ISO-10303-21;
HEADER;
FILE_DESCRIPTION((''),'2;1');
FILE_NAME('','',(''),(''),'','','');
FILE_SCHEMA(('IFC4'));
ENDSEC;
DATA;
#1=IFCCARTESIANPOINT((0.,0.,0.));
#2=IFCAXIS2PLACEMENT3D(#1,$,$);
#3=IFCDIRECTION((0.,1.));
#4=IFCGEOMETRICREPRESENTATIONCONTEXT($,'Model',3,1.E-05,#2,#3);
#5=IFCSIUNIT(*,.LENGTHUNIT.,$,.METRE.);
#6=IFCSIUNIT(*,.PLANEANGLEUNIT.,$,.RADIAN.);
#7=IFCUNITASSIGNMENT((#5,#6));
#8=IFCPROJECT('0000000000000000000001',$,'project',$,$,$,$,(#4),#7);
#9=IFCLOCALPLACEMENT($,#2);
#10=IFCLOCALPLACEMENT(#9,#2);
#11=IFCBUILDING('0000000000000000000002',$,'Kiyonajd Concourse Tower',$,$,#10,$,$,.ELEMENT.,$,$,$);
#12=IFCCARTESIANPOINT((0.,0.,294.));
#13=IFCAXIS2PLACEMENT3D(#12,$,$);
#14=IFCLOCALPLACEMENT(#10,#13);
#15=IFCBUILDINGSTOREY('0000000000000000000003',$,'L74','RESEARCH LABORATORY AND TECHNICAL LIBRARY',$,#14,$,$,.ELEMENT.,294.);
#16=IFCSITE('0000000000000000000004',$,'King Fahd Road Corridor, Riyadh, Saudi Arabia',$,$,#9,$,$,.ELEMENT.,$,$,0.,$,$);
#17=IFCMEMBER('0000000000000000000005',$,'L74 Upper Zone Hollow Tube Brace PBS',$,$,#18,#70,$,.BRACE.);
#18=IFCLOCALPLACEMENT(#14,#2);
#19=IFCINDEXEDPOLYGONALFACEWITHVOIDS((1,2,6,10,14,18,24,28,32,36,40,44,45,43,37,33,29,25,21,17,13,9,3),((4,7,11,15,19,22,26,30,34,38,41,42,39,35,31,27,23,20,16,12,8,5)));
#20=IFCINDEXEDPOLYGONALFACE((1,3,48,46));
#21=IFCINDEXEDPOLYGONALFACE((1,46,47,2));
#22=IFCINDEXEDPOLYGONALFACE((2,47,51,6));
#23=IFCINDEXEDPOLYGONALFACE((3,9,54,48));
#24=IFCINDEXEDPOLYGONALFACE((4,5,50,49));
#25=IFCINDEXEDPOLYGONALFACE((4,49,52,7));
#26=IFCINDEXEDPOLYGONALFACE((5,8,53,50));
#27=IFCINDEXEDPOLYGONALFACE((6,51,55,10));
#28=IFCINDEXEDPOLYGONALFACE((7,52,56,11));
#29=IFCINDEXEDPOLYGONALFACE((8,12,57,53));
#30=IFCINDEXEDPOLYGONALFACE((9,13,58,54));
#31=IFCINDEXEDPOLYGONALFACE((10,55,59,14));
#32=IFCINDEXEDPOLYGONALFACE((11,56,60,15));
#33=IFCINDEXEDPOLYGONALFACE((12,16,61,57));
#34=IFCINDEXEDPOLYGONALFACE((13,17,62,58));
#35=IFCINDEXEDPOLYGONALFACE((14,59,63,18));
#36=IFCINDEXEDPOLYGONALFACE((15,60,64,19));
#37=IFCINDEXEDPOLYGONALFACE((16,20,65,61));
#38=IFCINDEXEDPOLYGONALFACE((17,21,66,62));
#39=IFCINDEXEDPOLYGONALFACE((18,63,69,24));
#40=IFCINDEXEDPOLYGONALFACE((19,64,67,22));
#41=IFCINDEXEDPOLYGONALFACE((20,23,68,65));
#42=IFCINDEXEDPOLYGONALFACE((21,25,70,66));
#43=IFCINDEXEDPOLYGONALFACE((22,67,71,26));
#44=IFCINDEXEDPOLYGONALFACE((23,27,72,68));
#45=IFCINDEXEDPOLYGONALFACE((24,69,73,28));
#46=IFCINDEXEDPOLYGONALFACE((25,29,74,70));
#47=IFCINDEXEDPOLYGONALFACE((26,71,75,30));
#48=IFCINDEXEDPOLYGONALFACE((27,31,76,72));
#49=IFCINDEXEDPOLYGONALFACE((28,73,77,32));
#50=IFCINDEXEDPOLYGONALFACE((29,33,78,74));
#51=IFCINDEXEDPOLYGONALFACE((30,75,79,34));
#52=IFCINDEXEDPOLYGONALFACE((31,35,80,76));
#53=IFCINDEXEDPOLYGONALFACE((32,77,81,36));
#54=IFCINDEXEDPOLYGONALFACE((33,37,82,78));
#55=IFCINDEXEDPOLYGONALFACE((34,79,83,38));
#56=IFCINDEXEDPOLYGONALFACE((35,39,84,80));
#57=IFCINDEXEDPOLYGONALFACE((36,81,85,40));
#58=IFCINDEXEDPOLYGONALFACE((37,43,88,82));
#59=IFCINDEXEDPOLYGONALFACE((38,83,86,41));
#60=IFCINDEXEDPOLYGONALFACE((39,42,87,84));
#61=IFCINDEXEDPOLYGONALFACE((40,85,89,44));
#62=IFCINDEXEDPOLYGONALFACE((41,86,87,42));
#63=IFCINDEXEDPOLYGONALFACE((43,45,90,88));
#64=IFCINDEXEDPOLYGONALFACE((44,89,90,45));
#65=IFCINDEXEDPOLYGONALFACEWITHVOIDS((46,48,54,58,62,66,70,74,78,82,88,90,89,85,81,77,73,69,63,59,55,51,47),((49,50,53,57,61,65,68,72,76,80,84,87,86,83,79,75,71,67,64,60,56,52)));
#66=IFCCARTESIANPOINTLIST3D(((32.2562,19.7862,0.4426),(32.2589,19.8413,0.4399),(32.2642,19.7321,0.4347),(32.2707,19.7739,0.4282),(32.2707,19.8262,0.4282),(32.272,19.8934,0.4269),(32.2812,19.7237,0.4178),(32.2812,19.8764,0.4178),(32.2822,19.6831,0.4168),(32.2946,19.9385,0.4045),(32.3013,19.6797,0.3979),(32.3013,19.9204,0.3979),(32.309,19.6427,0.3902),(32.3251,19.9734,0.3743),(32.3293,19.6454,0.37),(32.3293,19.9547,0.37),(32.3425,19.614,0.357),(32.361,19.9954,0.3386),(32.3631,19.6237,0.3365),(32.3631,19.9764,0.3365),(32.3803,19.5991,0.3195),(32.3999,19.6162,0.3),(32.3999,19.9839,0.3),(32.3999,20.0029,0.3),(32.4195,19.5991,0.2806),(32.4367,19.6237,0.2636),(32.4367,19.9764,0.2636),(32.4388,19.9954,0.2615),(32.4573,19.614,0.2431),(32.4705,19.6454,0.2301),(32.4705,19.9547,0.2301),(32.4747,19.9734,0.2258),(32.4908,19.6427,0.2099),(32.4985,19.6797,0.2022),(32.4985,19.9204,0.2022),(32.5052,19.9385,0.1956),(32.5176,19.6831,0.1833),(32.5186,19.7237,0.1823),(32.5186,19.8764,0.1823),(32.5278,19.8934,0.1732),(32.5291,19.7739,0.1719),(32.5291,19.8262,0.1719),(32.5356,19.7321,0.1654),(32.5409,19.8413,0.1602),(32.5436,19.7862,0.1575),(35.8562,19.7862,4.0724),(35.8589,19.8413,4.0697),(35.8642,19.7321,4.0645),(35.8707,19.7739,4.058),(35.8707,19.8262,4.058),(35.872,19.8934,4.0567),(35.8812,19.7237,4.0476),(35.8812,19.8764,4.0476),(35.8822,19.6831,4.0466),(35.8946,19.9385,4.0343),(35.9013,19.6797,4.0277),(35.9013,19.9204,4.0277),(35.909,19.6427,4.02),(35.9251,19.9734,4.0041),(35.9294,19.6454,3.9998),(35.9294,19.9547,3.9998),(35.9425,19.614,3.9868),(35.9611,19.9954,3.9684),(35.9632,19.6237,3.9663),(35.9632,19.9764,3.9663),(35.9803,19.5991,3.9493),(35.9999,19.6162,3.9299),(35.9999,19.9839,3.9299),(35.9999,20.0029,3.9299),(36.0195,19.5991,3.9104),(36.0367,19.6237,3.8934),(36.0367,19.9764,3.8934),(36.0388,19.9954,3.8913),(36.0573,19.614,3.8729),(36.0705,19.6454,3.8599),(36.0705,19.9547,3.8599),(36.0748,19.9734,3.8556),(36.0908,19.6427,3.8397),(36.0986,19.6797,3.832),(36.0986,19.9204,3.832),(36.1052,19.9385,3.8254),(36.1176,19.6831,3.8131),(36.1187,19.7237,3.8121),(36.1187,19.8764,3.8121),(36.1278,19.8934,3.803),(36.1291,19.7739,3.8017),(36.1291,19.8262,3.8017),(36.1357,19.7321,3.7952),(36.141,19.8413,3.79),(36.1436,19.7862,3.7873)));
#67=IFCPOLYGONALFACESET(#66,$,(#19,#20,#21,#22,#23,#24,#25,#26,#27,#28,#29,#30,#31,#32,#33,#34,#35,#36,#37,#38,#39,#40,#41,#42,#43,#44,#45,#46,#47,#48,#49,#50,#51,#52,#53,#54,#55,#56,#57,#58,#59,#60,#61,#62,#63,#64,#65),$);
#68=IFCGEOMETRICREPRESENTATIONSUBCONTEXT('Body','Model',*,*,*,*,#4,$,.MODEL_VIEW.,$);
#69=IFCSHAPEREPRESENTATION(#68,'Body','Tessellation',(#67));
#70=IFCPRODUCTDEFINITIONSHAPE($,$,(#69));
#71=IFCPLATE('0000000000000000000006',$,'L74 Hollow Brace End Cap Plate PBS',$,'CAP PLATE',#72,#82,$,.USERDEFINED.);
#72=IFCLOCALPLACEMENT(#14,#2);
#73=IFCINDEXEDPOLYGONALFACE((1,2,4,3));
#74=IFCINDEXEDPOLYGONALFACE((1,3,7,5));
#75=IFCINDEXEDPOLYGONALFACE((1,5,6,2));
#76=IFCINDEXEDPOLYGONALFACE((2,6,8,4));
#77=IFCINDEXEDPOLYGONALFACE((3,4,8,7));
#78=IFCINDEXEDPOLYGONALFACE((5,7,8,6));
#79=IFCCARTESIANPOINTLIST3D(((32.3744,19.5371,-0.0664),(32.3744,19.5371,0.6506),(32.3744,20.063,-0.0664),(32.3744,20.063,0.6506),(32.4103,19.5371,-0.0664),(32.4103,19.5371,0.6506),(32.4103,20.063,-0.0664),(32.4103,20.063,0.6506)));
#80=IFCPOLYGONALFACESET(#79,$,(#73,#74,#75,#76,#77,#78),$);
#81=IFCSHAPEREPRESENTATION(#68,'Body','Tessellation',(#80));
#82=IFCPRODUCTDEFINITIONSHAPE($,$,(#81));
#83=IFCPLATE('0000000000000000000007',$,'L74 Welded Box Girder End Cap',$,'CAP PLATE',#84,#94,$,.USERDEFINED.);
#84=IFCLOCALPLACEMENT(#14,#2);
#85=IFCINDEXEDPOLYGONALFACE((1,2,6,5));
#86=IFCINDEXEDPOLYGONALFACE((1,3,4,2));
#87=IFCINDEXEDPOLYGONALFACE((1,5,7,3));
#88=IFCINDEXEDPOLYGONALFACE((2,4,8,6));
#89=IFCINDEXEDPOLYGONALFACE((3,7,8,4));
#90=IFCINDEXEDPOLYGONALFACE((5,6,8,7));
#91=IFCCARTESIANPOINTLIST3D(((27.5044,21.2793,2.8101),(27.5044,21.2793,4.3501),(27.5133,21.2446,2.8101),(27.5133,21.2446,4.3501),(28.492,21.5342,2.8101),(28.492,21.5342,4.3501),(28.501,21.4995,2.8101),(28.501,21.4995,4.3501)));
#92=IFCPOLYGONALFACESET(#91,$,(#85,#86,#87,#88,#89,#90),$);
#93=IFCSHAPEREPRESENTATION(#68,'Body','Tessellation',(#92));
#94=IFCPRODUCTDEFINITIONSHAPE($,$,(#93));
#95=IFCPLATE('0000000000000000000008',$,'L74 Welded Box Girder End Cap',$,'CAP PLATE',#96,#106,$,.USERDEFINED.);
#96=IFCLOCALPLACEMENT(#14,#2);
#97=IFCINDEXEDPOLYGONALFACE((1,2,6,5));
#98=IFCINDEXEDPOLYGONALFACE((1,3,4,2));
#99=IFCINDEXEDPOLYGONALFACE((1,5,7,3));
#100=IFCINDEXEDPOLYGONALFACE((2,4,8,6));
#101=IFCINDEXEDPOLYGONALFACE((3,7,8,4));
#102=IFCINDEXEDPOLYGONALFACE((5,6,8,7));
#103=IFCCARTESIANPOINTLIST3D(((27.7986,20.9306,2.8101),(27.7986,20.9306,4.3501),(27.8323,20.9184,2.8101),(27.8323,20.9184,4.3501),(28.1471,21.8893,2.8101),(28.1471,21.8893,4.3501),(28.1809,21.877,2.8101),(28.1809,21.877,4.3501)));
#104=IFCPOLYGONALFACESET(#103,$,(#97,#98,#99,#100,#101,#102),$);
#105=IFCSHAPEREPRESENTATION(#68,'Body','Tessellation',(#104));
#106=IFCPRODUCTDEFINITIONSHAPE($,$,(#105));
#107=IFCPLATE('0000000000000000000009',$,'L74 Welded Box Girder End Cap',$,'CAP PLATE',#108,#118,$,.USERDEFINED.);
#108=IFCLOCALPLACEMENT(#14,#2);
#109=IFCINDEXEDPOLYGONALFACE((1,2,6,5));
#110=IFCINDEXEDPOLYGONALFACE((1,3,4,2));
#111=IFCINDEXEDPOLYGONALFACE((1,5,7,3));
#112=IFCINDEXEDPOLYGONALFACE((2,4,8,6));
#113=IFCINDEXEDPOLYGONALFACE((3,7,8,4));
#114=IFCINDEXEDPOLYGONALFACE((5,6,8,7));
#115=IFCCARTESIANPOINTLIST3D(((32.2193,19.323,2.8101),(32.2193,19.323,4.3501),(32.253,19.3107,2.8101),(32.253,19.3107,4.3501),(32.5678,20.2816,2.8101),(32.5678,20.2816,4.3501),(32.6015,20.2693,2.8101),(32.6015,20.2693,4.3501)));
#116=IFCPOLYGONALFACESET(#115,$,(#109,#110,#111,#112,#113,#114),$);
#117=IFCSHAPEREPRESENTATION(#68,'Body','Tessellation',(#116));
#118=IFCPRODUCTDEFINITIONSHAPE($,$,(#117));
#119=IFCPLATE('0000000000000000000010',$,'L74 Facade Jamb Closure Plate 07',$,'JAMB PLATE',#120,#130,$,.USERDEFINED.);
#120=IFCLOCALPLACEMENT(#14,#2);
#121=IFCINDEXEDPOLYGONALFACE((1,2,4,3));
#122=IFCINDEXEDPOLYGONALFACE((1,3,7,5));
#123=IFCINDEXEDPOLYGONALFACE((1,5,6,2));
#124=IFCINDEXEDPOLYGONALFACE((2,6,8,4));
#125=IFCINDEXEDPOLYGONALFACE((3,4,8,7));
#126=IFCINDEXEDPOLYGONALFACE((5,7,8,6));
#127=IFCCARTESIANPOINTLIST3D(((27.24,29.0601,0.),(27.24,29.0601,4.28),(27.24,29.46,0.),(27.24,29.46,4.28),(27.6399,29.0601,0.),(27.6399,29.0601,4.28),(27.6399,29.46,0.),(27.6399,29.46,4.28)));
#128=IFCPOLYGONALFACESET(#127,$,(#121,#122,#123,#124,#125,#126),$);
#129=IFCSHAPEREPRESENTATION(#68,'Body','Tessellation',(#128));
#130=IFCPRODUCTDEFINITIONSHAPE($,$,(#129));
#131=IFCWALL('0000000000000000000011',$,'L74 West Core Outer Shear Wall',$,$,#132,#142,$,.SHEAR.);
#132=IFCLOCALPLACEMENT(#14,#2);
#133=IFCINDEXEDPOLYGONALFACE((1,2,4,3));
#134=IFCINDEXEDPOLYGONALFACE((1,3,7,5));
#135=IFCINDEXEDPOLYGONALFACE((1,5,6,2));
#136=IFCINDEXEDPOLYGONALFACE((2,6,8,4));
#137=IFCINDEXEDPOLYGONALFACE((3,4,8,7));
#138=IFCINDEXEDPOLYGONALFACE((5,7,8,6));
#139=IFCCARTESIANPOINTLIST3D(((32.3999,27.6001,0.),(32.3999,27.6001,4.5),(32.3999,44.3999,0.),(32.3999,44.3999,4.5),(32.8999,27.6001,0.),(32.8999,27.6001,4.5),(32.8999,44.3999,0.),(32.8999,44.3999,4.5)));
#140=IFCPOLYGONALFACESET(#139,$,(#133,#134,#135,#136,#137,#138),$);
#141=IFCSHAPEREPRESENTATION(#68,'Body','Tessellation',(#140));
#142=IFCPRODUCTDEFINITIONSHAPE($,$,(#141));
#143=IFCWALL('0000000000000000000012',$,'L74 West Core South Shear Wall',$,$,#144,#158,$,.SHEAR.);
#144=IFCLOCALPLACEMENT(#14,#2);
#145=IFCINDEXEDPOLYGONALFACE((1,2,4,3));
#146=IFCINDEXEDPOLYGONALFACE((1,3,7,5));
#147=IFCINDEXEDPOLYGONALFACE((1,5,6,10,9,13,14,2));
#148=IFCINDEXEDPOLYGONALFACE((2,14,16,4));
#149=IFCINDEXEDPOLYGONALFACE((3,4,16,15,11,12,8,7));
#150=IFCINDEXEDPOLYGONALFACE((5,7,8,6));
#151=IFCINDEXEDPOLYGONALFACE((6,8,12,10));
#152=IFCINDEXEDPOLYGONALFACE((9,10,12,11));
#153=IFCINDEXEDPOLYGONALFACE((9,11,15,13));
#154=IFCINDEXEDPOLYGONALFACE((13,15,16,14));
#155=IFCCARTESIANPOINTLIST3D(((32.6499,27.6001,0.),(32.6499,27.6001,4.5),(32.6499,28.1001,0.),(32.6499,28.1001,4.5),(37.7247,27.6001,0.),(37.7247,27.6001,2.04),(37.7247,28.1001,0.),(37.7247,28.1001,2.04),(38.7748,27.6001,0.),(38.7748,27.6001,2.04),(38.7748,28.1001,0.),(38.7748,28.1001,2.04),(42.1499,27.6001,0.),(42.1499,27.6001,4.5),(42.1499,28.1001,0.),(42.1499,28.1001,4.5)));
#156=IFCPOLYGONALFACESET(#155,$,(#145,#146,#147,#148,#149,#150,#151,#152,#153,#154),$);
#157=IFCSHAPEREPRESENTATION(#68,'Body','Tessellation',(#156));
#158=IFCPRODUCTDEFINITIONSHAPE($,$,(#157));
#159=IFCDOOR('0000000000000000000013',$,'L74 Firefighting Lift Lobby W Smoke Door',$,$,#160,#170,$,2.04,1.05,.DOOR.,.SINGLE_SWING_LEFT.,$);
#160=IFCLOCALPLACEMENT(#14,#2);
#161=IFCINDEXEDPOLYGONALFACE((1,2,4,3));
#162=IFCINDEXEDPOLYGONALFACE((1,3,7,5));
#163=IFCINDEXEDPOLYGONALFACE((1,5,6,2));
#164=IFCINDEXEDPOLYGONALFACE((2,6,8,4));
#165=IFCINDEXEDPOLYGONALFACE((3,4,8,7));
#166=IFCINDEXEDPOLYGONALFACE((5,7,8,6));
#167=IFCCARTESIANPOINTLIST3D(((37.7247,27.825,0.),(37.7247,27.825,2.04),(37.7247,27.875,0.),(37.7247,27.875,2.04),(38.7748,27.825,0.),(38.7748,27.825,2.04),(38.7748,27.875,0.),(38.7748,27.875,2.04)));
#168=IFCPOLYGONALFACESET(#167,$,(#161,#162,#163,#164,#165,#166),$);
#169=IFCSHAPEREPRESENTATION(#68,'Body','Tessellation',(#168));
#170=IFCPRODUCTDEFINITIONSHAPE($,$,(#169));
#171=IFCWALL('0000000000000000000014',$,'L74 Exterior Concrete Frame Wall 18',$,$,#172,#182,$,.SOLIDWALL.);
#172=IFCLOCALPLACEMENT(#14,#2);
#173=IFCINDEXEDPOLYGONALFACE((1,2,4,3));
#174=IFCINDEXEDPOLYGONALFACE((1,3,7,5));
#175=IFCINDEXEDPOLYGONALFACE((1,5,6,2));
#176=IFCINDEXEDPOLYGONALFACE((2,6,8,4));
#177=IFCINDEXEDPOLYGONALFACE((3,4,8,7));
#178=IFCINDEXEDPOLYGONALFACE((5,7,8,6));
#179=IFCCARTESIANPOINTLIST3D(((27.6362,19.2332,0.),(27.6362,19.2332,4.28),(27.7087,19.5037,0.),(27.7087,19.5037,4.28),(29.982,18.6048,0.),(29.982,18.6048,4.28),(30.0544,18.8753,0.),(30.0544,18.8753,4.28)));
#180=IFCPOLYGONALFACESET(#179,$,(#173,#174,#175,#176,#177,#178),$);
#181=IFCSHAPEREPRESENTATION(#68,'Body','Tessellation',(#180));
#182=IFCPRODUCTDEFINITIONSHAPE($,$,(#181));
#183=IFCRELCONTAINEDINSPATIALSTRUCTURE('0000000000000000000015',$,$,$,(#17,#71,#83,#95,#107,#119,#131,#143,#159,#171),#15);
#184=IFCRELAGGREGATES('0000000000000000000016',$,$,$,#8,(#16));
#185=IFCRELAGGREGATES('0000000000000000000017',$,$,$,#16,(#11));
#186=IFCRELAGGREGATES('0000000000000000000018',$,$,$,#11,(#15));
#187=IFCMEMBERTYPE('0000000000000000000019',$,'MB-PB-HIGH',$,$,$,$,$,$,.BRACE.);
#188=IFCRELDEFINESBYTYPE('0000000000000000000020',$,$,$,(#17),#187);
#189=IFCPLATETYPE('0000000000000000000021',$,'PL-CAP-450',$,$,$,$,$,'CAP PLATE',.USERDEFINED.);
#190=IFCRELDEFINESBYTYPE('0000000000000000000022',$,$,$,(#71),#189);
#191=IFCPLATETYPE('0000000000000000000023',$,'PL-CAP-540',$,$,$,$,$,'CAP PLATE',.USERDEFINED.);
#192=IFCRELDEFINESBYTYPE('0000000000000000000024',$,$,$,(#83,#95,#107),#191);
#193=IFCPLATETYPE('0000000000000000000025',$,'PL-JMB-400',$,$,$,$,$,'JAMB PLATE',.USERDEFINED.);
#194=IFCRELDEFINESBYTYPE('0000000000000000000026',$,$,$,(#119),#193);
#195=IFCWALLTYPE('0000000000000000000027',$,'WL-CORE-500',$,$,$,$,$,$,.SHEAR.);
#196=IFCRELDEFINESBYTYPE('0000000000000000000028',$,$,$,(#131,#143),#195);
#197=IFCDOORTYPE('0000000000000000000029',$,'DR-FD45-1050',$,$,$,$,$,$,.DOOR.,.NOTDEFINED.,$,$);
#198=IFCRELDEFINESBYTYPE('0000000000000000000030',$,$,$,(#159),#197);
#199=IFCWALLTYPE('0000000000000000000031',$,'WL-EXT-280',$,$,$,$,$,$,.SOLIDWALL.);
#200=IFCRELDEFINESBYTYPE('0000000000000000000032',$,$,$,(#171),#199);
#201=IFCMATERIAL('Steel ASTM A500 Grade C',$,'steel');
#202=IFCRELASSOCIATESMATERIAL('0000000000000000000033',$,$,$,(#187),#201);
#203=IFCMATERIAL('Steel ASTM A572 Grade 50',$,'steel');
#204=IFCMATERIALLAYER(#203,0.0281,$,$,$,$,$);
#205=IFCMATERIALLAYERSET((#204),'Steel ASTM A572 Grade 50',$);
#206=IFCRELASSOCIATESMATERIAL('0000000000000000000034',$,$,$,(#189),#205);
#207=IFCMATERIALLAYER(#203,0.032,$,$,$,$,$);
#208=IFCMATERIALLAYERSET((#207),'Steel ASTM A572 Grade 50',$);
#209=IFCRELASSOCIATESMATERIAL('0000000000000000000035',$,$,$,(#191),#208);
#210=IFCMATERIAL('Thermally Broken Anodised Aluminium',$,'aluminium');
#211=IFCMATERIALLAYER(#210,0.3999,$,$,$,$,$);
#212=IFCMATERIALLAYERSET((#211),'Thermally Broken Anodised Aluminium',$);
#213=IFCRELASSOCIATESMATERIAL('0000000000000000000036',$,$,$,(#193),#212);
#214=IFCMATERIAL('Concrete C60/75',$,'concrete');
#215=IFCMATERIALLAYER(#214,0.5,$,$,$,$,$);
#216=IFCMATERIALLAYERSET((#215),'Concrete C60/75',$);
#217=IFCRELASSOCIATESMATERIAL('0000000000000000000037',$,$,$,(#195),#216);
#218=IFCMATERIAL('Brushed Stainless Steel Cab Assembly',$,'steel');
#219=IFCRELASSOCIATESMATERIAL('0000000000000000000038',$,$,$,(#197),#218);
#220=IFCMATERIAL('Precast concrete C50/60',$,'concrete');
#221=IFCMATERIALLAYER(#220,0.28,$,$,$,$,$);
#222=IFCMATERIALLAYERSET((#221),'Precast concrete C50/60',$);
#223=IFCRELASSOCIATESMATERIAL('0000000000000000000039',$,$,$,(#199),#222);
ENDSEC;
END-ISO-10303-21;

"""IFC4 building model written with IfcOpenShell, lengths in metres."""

from ifc_helpers import new_model, si_unit, direction, frame, frame_2d, origin, origin_2d, place, context, subcontext, project, spatial, rectangle, hollow_circle, extrude, material, layer, layer_set, material_profile, profile_set, type_object, element, fill, save


model = new_model("IFC4")

# Units and contexts
model_context = context("Model", 3, precision=1e-05, world=origin(), true_north=direction((0.0, 1.0)))
body_context = subcontext(model_context, "Body", "Model", "MODEL_VIEW")
ifc_project = project(units=[si_unit("LENGTHUNIT", "METRE"), si_unit("PLANEANGLEUNIT", "RADIAN")], contexts=[model_context])

# Site, building, storey
site_placement = place(None, origin())
site = spatial("IfcSite", under=ifc_project, at=site_placement, Name="King Fahd Road Corridor, Riyadh, Saudi Arabia", CompositionType="ELEMENT", RefElevation=0.0)
building_placement = place(site_placement, origin())
building = spatial("IfcBuilding", under=site, at=building_placement, Name="Kiyonajd Concourse Tower", CompositionType="ELEMENT")
storey_placement = place(building_placement, frame((0.0, 0.0, 294.0)))
storey = spatial("IfcBuildingStorey", under=building, at=storey_placement, Name="L74", Description="RESEARCH LABORATORY AND TECHNICAL LIBRARY", CompositionType="ELEMENT", Elevation=294.0)

# Shared definitions
ifc_material_1 = material(Name="Concrete C60/75", Category="concrete")

# Shared definitions
ifc_material_2 = material(Name="Steel ASTM A572 Grade 50", Category="steel")

# Member
ifc_material_3 = material(Name="Steel ASTM A500 Grade C", Category="steel")
ifc_material_profile_1 = material_profile(ifc_material_3, hollow_circle(Radius=0.2029, WallThickness=0.019, at=origin_2d()), Name="CHS-406x19")
ifc_profile_set_1 = profile_set([ifc_material_profile_1], Name="Steel ASTM A500 Grade C")
member_type = type_object("IfcMemberType", Name="MB-PB-HIGH", PredefinedType="BRACE", material=ifc_profile_set_1)
member_placement = place(storey_placement, frame((32.3999, 19.8, 0.3), z_axis=(0.704188, 0.0, 0.710014), x_axis=(0.0, 1.0, 0.0)))
element("IfcMember", 1, at=member_placement, inside=storey, type_object=member_type, Name="L74 Upper Zone Hollow Tube Brace PBS", PredefinedType="BRACE", context=body_context, shape_type="SweptSolid", body=[
    extrude(hollow_circle(Radius=0.2029, WallThickness=0.019, at=origin_2d()), origin(), (0.0, 0.0, 1.0), 5.1123),
])

# Plates
ifc_layer_1 = layer(ifc_material_2, 0.0281)
ifc_layer_set_1 = layer_set([ifc_layer_1], Name="Steel ASTM A572 Grade 50")
plate_type_1 = type_object("IfcPlateType", Name="PL-CAP-450", ElementType="CAP PLATE", PredefinedType="USERDEFINED", material=ifc_layer_set_1)
plate_1_placement = place(storey_placement, frame((32.3923, 19.8, -0.0664), z_axis=(0.0, 0.0, 1.0), x_axis=(-1.0, 0.0, 0.0)))
element("IfcPlate", 2, at=plate_1_placement, inside=storey, type_object=plate_type_1, Name="L74 Hollow Brace End Cap Plate PBS", ObjectType="CAP PLATE", PredefinedType="USERDEFINED", context=body_context, shape_type="SweptSolid", body=[
    extrude(rectangle(XDim=0.0359, YDim=0.5259, at=origin_2d()), origin(), (0.0, 0.0, 1.0), 0.717),
])
ifc_layer_2 = layer(ifc_material_2, 0.032)
ifc_layer_set_2 = layer_set([ifc_layer_2], Name="Steel ASTM A572 Grade 50")
plate_type_2 = type_object("IfcPlateType", Name="PL-CAP-540", ElementType="CAP PLATE", PredefinedType="USERDEFINED", material=ifc_layer_set_2)
for number, where, z_axis, x_axis, name in (
    (3, (28.0027, 21.3894, 2.8101), (0.0, 0.0, 1.0), (0.249873, -0.968279, 0.0), "L74 Welded Box Girder End Cap"),
    (4, (27.9897, 21.4038, 2.8101), (0.0, 0.0, 1.0), (-0.939812, 0.341692, 0.0), "L74 Welded Box Girder End Cap"),
    (5, (32.4104, 19.7961, 2.8101), (0.0, 0.0, 1.0), (0.939812, -0.341692, 0.0), "L74 Welded Box Girder End Cap"),
):
    element("IfcPlate", number, at=place(storey_placement, frame(where, z_axis=z_axis, x_axis=x_axis)), inside=storey, type_object=plate_type_2, Name=name, ObjectType="CAP PLATE", PredefinedType="USERDEFINED", context=body_context, shape_type="SweptSolid", body=[
        extrude(rectangle(XDim=0.0359, YDim=1.02, at=origin_2d()), origin(), (0.0, 0.0, 1.0), 1.54),
    ])
ifc_material_4 = material(Name="Thermally Broken Anodised Aluminium", Category="aluminium")
ifc_layer_3 = layer(ifc_material_4, 0.3999)
ifc_layer_set_3 = layer_set([ifc_layer_3], Name="Thermally Broken Anodised Aluminium")
plate_type_3 = type_object("IfcPlateType", Name="PL-JMB-400", ElementType="JAMB PLATE", PredefinedType="USERDEFINED", material=ifc_layer_set_3)
plate_2_placement = place(storey_placement, frame((27.4399, 29.26, 0.0), z_axis=(0.0, 0.0, 1.0), x_axis=(1.0, 0.0, 0.0)))
element("IfcPlate", 6, at=plate_2_placement, inside=storey, type_object=plate_type_3, Name="L74 Facade Jamb Closure Plate 07", ObjectType="JAMB PLATE", PredefinedType="USERDEFINED", context=body_context, shape_type="SweptSolid", body=[
    extrude(rectangle(XDim=0.3999, YDim=0.3999, at=origin_2d()), origin(), (0.0, 0.0, 1.0), 4.28),
])

# Wall
ifc_layer_4 = layer(ifc_material_1, 0.5)
ifc_layer_set_4 = layer_set([ifc_layer_4], Name="Concrete C60/75")
wall_type_1 = type_object("IfcWallType", Name="WL-CORE-500", PredefinedType="SHEAR", material=ifc_layer_set_4)
wall_1_placement = place(storey_placement, frame((32.6499, 27.6001, 0.0), z_axis=(0.0, 0.0, 1.0), x_axis=(0.0, 1.0, 0.0)))
element("IfcWall", 7, at=wall_1_placement, inside=storey, type_object=wall_type_1, Name="L74 West Core Outer Shear Wall", PredefinedType="SHEAR", context=body_context, shape_type="SweptSolid", body=[
    extrude(rectangle(XDim=16.7998, YDim=0.5, at=frame_2d((8.3999, 0.0))), origin(), (0.0, 0.0, 1.0), 4.5),
])

# Wall, opening, door
wall_2_placement = place(storey_placement, frame((32.6499, 27.8501, 0.0), z_axis=(0.0, 0.0, 1.0), x_axis=(1.0, 0.0, 0.0)))
wall_2 = element("IfcWall", 8, at=wall_2_placement, inside=storey, type_object=wall_type_1, Name="L74 West Core South Shear Wall", PredefinedType="SHEAR", context=body_context, shape_type="SweptSolid", body=[
    extrude(rectangle(XDim=9.5, YDim=0.5, at=frame_2d((4.75, 0.0))), origin(), (0.0, 0.0, 1.0), 4.5),
])
opening_1_placement = place(wall_2_placement, frame((5.075, 0.0, 0.0)))
opening_1 = element("IfcOpeningElement", 9, at=opening_1_placement, cuts=wall_2, PredefinedType="OPENING", context=body_context, shape_type="SweptSolid", body=[
    extrude(rectangle(XDim=1.05, YDim=2.04, at=frame_2d((0.5249, 1.02))), frame((0.0, 0.26, 0.0), z_axis=(0.0, -1.0, 0.0), x_axis=(1.0, 0.0, 0.0)), (0.0, 0.0, 1.0), 0.52),
])
ifc_material_5 = material(Name="Brushed Stainless Steel Cab Assembly", Category="steel")
door_type_1 = type_object("IfcDoorType", Name="DR-FD45-1050", OperationType="NOTDEFINED", PredefinedType="DOOR", material=ifc_material_5)
door_1_placement = place(opening_1_placement, origin())
door_1 = element("IfcDoor", 10, at=door_1_placement, inside=storey, type_object=door_type_1, Name="L74 Firefighting Lift Lobby W Smoke Door", OperationType="SINGLE_SWING_LEFT", OverallHeight=2.04, OverallWidth=1.05, PredefinedType="DOOR", context=body_context, shape_type="SweptSolid", body=[
    extrude(rectangle(XDim=1.05, YDim=2.04, at=frame_2d((0.5249, 1.02))), frame((0.0, 0.0249, 0.0), z_axis=(0.0, -1.0, 0.0), x_axis=(1.0, 0.0, 0.0)), (0.0, 0.0, 1.0), 0.05),
])
fill(opening_1, door_1)

# Wall
ifc_material_6 = material(Name="Precast concrete C50/60", Category="concrete")
ifc_layer_5 = layer(ifc_material_6, 0.28)
ifc_layer_set_5 = layer_set([ifc_layer_5], Name="Precast concrete C50/60")
wall_type_2 = type_object("IfcWallType", Name="WL-EXT-280", PredefinedType="SOLIDWALL", material=ifc_layer_set_5)
wall_3_placement = place(storey_placement, frame((30.0183, 18.74, 0.0), z_axis=(0.0, 0.0, 1.0), x_axis=(-0.965937, 0.258776, 0.0)))
element("IfcWall", 11, at=wall_3_placement, inside=storey, type_object=wall_type_2, Name="L74 Exterior Concrete Frame Wall 18", PredefinedType="SOLIDWALL", context=body_context, shape_type="SweptSolid", body=[
    extrude(rectangle(XDim=2.4285, YDim=0.28, at=frame_2d((1.2144, 0.0))), origin(), (0.0, 0.0, 1.0), 4.28),
])

save(model, "model.ifc")
